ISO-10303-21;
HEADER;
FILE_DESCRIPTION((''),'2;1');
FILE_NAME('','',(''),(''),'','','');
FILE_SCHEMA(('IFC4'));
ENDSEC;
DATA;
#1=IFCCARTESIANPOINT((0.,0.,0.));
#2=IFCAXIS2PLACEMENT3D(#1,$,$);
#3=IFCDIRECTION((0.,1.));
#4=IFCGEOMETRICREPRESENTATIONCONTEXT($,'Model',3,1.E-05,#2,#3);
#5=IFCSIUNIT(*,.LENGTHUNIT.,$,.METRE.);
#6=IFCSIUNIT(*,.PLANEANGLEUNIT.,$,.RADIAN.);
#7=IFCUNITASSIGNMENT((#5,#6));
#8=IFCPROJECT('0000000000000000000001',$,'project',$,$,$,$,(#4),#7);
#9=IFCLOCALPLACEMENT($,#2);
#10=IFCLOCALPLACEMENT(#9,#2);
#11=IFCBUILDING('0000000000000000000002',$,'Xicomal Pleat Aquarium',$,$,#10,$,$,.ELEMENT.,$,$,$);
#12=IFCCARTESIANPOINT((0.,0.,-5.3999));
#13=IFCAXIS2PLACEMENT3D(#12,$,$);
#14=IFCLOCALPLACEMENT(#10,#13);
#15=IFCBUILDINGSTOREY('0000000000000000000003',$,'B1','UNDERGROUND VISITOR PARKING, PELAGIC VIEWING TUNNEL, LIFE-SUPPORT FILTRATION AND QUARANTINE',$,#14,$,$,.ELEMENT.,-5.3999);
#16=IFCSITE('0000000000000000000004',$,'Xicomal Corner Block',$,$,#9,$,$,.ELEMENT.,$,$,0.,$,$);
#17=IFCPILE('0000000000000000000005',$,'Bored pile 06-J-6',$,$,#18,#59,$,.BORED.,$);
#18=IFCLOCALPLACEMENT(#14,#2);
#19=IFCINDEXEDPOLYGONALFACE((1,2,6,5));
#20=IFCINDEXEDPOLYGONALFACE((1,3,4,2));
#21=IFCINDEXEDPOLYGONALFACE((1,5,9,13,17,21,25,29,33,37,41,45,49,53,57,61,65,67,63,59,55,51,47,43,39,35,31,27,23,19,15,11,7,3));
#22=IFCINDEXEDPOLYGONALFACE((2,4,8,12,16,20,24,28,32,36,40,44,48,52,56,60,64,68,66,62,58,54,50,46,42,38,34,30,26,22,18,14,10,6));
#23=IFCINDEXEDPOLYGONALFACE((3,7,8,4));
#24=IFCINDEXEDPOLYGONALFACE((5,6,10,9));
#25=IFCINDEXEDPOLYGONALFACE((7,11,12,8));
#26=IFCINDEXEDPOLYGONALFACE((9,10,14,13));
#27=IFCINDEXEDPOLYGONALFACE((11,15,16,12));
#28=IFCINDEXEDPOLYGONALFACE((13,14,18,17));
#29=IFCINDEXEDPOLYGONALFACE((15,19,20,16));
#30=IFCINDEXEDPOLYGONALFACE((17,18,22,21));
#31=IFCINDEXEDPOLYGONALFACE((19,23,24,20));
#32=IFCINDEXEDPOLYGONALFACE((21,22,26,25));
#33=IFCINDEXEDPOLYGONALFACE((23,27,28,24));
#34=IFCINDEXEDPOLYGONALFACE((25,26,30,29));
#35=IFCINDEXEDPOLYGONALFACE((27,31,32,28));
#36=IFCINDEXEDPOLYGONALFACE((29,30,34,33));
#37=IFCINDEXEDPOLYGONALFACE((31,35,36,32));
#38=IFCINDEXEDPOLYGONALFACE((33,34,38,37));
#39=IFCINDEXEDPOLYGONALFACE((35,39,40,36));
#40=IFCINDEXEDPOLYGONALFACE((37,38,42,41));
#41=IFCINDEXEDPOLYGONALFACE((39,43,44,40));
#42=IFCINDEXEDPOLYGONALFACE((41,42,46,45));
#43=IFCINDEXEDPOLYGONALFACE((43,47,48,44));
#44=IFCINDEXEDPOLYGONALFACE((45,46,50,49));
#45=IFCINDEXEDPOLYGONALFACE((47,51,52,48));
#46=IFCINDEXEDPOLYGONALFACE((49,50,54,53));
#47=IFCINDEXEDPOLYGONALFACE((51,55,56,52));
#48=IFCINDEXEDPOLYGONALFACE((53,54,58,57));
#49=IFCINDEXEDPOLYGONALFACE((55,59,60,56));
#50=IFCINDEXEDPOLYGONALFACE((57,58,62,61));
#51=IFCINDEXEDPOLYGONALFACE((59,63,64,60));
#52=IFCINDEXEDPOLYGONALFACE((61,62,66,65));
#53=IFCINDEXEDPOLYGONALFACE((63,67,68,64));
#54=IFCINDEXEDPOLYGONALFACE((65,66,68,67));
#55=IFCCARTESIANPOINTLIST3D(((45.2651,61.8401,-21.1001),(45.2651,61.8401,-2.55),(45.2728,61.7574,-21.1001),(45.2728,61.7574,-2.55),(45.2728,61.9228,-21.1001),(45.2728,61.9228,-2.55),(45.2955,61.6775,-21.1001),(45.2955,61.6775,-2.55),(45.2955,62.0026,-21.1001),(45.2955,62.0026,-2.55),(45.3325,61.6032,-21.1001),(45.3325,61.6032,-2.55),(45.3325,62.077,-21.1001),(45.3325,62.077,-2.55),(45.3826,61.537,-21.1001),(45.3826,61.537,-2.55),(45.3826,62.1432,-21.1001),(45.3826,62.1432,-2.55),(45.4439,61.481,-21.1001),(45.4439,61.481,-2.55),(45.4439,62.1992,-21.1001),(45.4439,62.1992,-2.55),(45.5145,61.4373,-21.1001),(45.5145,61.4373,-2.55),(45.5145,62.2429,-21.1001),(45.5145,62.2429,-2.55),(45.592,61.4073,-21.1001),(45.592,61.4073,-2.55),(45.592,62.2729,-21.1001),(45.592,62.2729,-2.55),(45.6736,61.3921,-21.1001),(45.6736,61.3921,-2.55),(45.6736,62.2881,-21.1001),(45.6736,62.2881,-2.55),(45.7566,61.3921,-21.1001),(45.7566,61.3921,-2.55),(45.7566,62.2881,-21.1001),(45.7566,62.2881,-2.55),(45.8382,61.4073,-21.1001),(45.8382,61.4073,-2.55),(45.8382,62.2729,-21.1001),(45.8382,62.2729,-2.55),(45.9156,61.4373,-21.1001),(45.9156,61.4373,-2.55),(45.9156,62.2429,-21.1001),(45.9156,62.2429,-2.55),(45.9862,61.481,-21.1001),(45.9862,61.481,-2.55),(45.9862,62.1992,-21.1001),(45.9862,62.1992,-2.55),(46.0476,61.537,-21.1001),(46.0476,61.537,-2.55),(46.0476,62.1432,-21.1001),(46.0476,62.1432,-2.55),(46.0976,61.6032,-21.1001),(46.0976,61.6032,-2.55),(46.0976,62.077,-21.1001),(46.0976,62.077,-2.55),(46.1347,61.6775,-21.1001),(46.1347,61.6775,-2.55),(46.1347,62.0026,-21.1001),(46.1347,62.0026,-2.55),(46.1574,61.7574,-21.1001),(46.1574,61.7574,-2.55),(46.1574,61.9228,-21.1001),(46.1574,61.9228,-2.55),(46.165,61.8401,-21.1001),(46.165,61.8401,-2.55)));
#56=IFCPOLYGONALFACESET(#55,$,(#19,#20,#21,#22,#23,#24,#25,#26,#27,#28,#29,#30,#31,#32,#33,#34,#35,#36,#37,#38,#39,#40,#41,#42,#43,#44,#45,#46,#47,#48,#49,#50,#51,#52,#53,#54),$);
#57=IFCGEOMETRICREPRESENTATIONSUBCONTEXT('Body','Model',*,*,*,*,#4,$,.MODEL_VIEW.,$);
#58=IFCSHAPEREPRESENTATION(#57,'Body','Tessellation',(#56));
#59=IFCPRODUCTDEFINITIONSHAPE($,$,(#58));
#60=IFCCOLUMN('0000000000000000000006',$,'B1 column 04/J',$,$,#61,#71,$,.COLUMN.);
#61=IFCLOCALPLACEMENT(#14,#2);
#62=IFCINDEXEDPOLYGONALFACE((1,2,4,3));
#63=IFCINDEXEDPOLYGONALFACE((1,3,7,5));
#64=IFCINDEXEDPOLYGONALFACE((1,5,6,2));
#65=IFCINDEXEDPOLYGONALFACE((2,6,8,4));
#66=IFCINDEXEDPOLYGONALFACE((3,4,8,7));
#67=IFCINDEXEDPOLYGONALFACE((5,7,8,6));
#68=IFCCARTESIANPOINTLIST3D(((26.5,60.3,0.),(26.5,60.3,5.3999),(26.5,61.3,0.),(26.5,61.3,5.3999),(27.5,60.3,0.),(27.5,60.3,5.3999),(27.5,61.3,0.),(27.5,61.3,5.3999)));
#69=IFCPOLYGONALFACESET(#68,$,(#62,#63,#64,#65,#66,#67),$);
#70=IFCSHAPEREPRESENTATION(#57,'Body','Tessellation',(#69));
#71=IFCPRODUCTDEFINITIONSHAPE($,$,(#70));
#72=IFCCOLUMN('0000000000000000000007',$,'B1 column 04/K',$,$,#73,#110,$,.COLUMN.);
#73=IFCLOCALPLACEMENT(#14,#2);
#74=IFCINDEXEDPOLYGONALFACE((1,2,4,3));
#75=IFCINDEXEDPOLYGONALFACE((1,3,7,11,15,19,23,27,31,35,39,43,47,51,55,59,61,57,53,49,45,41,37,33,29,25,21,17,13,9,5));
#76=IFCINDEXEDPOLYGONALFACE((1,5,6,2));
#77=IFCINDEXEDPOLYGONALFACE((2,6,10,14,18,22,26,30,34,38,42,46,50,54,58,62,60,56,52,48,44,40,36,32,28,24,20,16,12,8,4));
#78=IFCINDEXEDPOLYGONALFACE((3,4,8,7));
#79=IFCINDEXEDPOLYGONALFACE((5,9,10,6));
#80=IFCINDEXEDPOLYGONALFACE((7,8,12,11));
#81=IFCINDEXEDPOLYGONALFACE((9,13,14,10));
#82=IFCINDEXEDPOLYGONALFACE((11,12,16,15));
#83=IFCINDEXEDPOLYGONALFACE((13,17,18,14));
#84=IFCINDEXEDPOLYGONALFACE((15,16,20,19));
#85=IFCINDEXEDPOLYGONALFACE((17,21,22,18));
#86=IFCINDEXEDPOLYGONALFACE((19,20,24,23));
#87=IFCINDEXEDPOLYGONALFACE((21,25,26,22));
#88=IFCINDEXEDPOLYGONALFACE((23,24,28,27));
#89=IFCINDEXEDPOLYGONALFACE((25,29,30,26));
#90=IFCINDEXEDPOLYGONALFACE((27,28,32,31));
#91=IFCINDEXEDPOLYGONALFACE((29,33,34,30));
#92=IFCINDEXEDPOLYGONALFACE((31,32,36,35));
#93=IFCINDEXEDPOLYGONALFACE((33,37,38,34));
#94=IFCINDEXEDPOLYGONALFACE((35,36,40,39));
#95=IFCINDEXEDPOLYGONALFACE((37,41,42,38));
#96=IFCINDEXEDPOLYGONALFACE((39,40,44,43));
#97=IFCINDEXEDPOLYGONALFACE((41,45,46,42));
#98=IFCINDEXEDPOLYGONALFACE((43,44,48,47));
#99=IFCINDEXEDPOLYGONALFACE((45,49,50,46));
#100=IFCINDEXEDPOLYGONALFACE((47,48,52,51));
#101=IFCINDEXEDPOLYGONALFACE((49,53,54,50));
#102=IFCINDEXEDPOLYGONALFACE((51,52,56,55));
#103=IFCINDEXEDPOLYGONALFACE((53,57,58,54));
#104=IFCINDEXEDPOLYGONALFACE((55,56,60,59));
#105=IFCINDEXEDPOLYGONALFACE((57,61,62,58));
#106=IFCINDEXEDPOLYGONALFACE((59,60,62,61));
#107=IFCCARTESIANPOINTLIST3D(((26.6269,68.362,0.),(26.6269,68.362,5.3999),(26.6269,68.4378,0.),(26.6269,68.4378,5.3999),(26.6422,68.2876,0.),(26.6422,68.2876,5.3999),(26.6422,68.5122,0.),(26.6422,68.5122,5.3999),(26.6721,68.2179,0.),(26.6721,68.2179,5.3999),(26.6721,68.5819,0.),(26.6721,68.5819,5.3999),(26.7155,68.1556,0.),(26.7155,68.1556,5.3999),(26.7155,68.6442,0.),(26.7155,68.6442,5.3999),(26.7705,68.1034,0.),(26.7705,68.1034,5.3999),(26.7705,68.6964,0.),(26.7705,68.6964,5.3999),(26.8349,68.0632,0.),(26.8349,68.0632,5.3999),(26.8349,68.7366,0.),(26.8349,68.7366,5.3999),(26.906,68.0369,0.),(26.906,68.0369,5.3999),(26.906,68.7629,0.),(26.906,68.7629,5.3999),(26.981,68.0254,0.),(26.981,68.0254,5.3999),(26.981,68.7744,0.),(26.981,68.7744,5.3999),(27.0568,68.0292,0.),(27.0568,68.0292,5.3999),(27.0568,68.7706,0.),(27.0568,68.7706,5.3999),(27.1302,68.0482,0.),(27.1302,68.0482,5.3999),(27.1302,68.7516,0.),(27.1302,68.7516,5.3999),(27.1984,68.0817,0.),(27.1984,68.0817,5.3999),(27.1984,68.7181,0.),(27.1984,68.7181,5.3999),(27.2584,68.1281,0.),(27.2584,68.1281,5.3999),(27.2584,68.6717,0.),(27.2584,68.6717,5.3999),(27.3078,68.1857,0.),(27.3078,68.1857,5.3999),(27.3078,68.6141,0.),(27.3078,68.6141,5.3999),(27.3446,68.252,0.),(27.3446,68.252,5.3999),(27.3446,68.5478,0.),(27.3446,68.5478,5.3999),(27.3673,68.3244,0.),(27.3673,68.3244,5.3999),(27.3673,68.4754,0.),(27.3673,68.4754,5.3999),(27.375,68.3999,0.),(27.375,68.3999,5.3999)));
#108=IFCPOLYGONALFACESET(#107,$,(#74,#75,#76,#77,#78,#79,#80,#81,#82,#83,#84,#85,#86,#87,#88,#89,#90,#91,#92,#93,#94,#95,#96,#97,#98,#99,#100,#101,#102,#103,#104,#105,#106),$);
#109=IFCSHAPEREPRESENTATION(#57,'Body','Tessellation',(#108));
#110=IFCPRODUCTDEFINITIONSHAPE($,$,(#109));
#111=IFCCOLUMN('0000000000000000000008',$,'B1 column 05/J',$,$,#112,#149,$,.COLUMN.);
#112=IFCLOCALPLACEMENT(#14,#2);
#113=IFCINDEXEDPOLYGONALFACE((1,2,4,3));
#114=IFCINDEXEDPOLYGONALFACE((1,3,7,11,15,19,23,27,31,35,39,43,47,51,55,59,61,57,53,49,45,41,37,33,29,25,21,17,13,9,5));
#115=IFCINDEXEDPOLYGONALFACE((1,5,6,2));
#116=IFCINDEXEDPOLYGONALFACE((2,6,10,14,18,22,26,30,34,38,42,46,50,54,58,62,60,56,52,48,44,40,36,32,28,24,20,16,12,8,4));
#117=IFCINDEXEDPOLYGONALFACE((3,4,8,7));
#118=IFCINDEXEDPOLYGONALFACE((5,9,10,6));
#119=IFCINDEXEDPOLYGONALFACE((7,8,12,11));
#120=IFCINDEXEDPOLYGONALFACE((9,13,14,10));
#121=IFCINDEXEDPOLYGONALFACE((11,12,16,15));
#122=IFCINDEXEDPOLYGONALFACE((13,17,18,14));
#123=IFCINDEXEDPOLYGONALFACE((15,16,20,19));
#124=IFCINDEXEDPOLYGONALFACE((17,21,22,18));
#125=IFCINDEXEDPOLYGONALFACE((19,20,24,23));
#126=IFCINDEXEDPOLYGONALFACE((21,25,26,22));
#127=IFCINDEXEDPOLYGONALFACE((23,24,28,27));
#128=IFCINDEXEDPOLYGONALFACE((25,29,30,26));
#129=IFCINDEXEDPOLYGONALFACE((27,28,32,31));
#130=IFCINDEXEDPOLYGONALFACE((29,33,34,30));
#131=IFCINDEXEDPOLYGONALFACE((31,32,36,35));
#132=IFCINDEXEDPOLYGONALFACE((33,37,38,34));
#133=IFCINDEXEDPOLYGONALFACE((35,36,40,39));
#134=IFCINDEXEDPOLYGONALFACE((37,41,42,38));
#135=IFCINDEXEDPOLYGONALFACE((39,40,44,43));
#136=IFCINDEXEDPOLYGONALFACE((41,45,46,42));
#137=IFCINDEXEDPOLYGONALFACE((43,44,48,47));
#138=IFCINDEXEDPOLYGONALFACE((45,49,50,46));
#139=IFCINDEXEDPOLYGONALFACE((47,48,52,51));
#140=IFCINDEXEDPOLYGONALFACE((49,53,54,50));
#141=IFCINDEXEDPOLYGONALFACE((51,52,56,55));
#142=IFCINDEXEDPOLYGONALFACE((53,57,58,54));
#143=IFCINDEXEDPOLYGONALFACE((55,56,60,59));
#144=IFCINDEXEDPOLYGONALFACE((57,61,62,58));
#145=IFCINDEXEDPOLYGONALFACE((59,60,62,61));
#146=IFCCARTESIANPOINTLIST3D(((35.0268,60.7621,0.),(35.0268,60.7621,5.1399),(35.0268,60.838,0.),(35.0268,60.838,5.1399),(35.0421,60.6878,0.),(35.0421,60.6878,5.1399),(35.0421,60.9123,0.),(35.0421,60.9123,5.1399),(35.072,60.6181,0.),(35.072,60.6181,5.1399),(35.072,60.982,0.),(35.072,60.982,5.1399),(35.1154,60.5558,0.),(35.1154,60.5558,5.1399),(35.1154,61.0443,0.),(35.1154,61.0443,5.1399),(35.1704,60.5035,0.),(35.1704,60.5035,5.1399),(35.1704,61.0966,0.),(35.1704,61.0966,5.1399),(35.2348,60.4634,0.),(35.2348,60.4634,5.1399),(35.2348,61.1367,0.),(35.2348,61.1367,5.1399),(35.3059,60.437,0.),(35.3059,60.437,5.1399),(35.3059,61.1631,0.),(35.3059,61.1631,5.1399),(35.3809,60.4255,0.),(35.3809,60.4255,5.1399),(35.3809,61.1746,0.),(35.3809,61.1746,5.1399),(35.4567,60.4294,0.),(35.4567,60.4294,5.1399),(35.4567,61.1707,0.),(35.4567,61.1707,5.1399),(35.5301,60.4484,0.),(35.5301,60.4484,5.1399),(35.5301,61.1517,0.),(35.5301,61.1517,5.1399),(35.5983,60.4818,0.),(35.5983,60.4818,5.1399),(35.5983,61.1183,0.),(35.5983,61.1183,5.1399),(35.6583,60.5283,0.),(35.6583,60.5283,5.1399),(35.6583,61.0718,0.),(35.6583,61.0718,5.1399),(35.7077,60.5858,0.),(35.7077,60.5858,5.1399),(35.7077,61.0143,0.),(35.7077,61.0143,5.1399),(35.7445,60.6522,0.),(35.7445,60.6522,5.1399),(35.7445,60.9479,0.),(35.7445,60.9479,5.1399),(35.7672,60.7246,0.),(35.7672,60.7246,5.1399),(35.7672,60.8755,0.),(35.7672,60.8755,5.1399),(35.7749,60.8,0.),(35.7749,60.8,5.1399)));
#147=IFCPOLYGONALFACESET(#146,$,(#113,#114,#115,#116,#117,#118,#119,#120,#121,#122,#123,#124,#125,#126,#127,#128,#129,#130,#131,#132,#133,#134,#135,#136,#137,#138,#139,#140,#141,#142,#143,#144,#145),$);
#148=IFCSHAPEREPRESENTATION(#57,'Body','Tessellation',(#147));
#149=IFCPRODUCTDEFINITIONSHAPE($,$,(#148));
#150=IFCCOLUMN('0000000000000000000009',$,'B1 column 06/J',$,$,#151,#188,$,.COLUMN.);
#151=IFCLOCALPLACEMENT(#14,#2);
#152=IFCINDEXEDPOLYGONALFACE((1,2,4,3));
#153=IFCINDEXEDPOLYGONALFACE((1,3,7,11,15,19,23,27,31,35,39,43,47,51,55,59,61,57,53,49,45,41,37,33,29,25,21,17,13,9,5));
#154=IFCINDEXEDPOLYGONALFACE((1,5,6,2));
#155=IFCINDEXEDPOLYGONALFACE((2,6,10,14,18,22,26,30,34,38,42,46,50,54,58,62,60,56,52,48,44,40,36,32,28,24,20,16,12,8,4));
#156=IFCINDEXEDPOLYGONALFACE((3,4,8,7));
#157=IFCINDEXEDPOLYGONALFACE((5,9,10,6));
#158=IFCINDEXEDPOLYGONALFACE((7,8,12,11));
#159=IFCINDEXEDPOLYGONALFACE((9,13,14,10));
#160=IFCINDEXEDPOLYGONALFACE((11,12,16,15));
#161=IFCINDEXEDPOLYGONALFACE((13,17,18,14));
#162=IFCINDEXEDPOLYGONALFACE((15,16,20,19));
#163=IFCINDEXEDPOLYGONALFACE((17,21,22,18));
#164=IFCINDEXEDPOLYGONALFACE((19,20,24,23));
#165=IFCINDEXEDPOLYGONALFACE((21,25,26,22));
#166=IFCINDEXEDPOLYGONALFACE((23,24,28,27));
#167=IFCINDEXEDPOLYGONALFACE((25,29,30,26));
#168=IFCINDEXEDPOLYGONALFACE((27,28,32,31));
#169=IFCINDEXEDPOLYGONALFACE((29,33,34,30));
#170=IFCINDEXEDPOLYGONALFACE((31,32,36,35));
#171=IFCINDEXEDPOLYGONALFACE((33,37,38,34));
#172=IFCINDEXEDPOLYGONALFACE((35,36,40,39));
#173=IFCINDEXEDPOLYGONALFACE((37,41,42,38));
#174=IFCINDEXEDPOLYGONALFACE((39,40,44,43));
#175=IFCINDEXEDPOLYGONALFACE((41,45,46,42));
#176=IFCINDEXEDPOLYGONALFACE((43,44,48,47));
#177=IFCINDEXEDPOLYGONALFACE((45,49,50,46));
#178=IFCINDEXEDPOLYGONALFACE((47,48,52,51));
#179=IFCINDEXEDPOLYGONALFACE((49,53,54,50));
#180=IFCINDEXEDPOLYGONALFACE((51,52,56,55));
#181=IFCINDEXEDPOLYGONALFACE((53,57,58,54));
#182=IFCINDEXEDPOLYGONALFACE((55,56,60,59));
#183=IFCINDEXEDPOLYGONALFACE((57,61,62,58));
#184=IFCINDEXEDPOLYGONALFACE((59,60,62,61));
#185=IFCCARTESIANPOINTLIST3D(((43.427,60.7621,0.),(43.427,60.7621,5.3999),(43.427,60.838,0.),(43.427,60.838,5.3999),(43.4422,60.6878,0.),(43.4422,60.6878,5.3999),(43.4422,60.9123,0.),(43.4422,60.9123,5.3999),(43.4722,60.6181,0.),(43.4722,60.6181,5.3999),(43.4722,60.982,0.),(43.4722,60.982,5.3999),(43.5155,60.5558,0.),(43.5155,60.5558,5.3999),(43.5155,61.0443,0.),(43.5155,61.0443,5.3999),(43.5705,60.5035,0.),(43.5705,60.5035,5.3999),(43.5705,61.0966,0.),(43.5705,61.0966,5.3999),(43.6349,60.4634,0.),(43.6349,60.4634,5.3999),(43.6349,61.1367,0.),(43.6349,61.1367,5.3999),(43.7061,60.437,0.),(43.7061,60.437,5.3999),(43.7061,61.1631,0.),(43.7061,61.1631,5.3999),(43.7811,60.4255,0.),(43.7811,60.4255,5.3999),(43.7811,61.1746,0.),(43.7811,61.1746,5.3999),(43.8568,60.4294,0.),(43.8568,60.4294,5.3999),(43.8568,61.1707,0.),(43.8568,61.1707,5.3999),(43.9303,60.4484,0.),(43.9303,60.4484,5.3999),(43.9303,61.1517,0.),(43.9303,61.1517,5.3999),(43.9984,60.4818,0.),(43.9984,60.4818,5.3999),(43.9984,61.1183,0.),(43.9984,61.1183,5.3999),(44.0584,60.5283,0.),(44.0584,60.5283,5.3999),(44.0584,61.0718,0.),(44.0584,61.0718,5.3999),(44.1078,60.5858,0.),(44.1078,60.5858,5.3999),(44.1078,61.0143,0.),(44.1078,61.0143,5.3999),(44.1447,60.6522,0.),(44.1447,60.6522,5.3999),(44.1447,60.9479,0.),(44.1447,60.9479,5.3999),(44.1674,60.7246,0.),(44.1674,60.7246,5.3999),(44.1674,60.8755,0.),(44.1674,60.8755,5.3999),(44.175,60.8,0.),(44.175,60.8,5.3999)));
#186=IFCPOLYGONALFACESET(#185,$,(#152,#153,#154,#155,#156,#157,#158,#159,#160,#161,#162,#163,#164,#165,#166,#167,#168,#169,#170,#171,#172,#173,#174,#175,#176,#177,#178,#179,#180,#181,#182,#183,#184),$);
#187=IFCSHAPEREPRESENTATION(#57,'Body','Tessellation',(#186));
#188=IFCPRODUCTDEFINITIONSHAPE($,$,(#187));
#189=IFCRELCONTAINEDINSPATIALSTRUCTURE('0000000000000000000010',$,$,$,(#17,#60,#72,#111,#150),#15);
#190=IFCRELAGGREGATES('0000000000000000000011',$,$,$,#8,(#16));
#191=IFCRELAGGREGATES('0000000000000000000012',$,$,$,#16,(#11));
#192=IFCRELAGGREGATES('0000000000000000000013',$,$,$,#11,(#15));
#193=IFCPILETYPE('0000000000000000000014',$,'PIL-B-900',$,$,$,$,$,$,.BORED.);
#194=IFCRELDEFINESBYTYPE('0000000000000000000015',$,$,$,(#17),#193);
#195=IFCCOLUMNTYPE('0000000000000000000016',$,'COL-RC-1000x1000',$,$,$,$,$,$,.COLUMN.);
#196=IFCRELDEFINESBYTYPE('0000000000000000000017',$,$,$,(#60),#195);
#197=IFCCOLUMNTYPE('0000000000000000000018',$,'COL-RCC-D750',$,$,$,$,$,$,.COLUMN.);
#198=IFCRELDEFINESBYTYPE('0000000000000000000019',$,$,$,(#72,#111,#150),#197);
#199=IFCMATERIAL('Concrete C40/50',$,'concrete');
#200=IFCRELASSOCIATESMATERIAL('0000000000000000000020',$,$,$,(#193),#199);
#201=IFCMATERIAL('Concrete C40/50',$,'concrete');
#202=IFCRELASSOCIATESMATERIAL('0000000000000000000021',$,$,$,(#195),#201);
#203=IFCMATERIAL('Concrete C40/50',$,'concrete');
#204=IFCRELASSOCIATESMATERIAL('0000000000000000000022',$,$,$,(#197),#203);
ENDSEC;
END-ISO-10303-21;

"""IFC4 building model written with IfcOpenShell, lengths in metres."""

from ifc_helpers import new_model, si_unit, direction, frame, origin, origin_2d, place, context, subcontext, project, spatial, rectangle, circle, extrude, material, material_profile, profile_set, type_object, element, save


model = new_model("IFC4")

# Units and contexts
model_context = context("Model", 3, precision=1e-05, world=origin(), true_north=direction((0.0, 1.0)))
body_context = subcontext(model_context, "Body", "Model", "MODEL_VIEW")
ifc_project = project(units=[si_unit("LENGTHUNIT", "METRE"), si_unit("PLANEANGLEUNIT", "RADIAN")], contexts=[model_context])

# Site, building, storey
site_placement = place(None, origin())
site = spatial("IfcSite", under=ifc_project, at=site_placement, Name="Xicomal Corner Block", CompositionType="ELEMENT", RefElevation=0.0)
building_placement = place(site_placement, origin())
building = spatial("IfcBuilding", under=site, at=building_placement, Name="Xicomal Pleat Aquarium", CompositionType="ELEMENT")
storey_placement = place(building_placement, frame((0.0, 0.0, -5.3999)))
storey = spatial("IfcBuildingStorey", under=building, at=storey_placement, Name="B1", Description="UNDERGROUND VISITOR PARKING, PELAGIC VIEWING TUNNEL, LIFE-SUPPORT FILTRATION AND QUARANTINE", CompositionType="ELEMENT", Elevation=-5.3999)

# Pile
ifc_material_1 = material(Name="Concrete C40/50", Category="concrete")
ifc_material_profile_1 = material_profile(ifc_material_1, circle(Radius=0.45, at=origin_2d()), Name="BORED PILE D900")
ifc_profile_set_1 = profile_set([ifc_material_profile_1], Name="Concrete C40/50")
pile_type_1 = type_object("IfcPileType", Name="PIL-B-900", PredefinedType="BORED", material=ifc_profile_set_1)
for number, where, z_axis, x_axis, name in (
    (1, (45.7151, 61.8401, -2.55), (0.0, 0.0, -1.0), (1.0, 0.0, 0.0), "Bored pile 06-J-6"),
):
    element("IfcPile", number, at=place(storey_placement, frame(where, z_axis=z_axis, x_axis=x_axis)), inside=storey, type_object=pile_type_1, Name=name, PredefinedType="BORED", context=body_context, shape_type="SweptSolid", body=[
        extrude(circle(Radius=0.45, at=origin_2d()), origin(), (0.0, 0.0, 1.0), 18.55),
    ])

# Columns
ifc_material_2 = material(Name="Concrete C40/50", Category="concrete")
ifc_material_profile_2 = material_profile(ifc_material_2, rectangle(XDim=1.0, YDim=1.0, at=origin_2d()), Name="RC 1000x1000")
ifc_profile_set_2 = profile_set([ifc_material_profile_2], Name="Concrete C40/50")
column_type_1 = type_object("IfcColumnType", Name="COL-RC-1000x1000", PredefinedType="COLUMN", material=ifc_profile_set_2)
column_1_placement = place(storey_placement, frame((27.0, 60.8, 0.0), z_axis=(0.0, 0.0, 1.0), x_axis=(1.0, 0.0, 0.0)))
element("IfcColumn", 2, at=column_1_placement, inside=storey, type_object=column_type_1, Name="B1 column 04/J", PredefinedType="COLUMN", context=body_context, shape_type="SweptSolid", body=[
    extrude(rectangle(XDim=1.0, YDim=1.0, at=origin_2d()), origin(), (0.0, 0.0, 1.0), 5.3999),
])
ifc_material_3 = material(Name="Concrete C40/50", Category="concrete")
ifc_material_profile_3 = material_profile(ifc_material_3, circle(Radius=0.375, at=origin_2d()), Name="RCC D750")
ifc_profile_set_3 = profile_set([ifc_material_profile_3], Name="Concrete C40/50")
column_type_2 = type_object("IfcColumnType", Name="COL-RCC-D750", PredefinedType="COLUMN", material=ifc_profile_set_3)
column_2_placement = place(storey_placement, frame((27.0, 68.3999, 0.0), z_axis=(0.0, 0.0, 1.0), x_axis=(1.0, 0.0, 0.0)))
element("IfcColumn", 3, at=column_2_placement, inside=storey, type_object=column_type_2, Name="B1 column 04/K", PredefinedType="COLUMN", context=body_context, shape_type="SweptSolid", body=[
    extrude(circle(Radius=0.375, at=origin_2d()), origin(), (0.0, 0.0, 1.0), 5.3999),
])
column_3_placement = place(storey_placement, frame((35.3999, 60.8, 0.0), z_axis=(0.0, 0.0, 1.0), x_axis=(1.0, 0.0, 0.0)))
element("IfcColumn", 4, at=column_3_placement, inside=storey, type_object=column_type_2, Name="B1 column 05/J", PredefinedType="COLUMN", context=body_context, shape_type="SweptSolid", body=[
    extrude(circle(Radius=0.375, at=origin_2d()), origin(), (0.0, 0.0, 1.0), 5.1399),
])
column_4_placement = place(storey_placement, frame((43.8, 60.8, 0.0), z_axis=(0.0, 0.0, 1.0), x_axis=(1.0, 0.0, 0.0)))
element("IfcColumn", 5, at=column_4_placement, inside=storey, type_object=column_type_2, Name="B1 column 06/J", PredefinedType="COLUMN", context=body_context, shape_type="SweptSolid", body=[
    extrude(circle(Radius=0.375, at=origin_2d()), origin(), (0.0, 0.0, 1.0), 5.3999),
])

save(model, "model.ifc")
